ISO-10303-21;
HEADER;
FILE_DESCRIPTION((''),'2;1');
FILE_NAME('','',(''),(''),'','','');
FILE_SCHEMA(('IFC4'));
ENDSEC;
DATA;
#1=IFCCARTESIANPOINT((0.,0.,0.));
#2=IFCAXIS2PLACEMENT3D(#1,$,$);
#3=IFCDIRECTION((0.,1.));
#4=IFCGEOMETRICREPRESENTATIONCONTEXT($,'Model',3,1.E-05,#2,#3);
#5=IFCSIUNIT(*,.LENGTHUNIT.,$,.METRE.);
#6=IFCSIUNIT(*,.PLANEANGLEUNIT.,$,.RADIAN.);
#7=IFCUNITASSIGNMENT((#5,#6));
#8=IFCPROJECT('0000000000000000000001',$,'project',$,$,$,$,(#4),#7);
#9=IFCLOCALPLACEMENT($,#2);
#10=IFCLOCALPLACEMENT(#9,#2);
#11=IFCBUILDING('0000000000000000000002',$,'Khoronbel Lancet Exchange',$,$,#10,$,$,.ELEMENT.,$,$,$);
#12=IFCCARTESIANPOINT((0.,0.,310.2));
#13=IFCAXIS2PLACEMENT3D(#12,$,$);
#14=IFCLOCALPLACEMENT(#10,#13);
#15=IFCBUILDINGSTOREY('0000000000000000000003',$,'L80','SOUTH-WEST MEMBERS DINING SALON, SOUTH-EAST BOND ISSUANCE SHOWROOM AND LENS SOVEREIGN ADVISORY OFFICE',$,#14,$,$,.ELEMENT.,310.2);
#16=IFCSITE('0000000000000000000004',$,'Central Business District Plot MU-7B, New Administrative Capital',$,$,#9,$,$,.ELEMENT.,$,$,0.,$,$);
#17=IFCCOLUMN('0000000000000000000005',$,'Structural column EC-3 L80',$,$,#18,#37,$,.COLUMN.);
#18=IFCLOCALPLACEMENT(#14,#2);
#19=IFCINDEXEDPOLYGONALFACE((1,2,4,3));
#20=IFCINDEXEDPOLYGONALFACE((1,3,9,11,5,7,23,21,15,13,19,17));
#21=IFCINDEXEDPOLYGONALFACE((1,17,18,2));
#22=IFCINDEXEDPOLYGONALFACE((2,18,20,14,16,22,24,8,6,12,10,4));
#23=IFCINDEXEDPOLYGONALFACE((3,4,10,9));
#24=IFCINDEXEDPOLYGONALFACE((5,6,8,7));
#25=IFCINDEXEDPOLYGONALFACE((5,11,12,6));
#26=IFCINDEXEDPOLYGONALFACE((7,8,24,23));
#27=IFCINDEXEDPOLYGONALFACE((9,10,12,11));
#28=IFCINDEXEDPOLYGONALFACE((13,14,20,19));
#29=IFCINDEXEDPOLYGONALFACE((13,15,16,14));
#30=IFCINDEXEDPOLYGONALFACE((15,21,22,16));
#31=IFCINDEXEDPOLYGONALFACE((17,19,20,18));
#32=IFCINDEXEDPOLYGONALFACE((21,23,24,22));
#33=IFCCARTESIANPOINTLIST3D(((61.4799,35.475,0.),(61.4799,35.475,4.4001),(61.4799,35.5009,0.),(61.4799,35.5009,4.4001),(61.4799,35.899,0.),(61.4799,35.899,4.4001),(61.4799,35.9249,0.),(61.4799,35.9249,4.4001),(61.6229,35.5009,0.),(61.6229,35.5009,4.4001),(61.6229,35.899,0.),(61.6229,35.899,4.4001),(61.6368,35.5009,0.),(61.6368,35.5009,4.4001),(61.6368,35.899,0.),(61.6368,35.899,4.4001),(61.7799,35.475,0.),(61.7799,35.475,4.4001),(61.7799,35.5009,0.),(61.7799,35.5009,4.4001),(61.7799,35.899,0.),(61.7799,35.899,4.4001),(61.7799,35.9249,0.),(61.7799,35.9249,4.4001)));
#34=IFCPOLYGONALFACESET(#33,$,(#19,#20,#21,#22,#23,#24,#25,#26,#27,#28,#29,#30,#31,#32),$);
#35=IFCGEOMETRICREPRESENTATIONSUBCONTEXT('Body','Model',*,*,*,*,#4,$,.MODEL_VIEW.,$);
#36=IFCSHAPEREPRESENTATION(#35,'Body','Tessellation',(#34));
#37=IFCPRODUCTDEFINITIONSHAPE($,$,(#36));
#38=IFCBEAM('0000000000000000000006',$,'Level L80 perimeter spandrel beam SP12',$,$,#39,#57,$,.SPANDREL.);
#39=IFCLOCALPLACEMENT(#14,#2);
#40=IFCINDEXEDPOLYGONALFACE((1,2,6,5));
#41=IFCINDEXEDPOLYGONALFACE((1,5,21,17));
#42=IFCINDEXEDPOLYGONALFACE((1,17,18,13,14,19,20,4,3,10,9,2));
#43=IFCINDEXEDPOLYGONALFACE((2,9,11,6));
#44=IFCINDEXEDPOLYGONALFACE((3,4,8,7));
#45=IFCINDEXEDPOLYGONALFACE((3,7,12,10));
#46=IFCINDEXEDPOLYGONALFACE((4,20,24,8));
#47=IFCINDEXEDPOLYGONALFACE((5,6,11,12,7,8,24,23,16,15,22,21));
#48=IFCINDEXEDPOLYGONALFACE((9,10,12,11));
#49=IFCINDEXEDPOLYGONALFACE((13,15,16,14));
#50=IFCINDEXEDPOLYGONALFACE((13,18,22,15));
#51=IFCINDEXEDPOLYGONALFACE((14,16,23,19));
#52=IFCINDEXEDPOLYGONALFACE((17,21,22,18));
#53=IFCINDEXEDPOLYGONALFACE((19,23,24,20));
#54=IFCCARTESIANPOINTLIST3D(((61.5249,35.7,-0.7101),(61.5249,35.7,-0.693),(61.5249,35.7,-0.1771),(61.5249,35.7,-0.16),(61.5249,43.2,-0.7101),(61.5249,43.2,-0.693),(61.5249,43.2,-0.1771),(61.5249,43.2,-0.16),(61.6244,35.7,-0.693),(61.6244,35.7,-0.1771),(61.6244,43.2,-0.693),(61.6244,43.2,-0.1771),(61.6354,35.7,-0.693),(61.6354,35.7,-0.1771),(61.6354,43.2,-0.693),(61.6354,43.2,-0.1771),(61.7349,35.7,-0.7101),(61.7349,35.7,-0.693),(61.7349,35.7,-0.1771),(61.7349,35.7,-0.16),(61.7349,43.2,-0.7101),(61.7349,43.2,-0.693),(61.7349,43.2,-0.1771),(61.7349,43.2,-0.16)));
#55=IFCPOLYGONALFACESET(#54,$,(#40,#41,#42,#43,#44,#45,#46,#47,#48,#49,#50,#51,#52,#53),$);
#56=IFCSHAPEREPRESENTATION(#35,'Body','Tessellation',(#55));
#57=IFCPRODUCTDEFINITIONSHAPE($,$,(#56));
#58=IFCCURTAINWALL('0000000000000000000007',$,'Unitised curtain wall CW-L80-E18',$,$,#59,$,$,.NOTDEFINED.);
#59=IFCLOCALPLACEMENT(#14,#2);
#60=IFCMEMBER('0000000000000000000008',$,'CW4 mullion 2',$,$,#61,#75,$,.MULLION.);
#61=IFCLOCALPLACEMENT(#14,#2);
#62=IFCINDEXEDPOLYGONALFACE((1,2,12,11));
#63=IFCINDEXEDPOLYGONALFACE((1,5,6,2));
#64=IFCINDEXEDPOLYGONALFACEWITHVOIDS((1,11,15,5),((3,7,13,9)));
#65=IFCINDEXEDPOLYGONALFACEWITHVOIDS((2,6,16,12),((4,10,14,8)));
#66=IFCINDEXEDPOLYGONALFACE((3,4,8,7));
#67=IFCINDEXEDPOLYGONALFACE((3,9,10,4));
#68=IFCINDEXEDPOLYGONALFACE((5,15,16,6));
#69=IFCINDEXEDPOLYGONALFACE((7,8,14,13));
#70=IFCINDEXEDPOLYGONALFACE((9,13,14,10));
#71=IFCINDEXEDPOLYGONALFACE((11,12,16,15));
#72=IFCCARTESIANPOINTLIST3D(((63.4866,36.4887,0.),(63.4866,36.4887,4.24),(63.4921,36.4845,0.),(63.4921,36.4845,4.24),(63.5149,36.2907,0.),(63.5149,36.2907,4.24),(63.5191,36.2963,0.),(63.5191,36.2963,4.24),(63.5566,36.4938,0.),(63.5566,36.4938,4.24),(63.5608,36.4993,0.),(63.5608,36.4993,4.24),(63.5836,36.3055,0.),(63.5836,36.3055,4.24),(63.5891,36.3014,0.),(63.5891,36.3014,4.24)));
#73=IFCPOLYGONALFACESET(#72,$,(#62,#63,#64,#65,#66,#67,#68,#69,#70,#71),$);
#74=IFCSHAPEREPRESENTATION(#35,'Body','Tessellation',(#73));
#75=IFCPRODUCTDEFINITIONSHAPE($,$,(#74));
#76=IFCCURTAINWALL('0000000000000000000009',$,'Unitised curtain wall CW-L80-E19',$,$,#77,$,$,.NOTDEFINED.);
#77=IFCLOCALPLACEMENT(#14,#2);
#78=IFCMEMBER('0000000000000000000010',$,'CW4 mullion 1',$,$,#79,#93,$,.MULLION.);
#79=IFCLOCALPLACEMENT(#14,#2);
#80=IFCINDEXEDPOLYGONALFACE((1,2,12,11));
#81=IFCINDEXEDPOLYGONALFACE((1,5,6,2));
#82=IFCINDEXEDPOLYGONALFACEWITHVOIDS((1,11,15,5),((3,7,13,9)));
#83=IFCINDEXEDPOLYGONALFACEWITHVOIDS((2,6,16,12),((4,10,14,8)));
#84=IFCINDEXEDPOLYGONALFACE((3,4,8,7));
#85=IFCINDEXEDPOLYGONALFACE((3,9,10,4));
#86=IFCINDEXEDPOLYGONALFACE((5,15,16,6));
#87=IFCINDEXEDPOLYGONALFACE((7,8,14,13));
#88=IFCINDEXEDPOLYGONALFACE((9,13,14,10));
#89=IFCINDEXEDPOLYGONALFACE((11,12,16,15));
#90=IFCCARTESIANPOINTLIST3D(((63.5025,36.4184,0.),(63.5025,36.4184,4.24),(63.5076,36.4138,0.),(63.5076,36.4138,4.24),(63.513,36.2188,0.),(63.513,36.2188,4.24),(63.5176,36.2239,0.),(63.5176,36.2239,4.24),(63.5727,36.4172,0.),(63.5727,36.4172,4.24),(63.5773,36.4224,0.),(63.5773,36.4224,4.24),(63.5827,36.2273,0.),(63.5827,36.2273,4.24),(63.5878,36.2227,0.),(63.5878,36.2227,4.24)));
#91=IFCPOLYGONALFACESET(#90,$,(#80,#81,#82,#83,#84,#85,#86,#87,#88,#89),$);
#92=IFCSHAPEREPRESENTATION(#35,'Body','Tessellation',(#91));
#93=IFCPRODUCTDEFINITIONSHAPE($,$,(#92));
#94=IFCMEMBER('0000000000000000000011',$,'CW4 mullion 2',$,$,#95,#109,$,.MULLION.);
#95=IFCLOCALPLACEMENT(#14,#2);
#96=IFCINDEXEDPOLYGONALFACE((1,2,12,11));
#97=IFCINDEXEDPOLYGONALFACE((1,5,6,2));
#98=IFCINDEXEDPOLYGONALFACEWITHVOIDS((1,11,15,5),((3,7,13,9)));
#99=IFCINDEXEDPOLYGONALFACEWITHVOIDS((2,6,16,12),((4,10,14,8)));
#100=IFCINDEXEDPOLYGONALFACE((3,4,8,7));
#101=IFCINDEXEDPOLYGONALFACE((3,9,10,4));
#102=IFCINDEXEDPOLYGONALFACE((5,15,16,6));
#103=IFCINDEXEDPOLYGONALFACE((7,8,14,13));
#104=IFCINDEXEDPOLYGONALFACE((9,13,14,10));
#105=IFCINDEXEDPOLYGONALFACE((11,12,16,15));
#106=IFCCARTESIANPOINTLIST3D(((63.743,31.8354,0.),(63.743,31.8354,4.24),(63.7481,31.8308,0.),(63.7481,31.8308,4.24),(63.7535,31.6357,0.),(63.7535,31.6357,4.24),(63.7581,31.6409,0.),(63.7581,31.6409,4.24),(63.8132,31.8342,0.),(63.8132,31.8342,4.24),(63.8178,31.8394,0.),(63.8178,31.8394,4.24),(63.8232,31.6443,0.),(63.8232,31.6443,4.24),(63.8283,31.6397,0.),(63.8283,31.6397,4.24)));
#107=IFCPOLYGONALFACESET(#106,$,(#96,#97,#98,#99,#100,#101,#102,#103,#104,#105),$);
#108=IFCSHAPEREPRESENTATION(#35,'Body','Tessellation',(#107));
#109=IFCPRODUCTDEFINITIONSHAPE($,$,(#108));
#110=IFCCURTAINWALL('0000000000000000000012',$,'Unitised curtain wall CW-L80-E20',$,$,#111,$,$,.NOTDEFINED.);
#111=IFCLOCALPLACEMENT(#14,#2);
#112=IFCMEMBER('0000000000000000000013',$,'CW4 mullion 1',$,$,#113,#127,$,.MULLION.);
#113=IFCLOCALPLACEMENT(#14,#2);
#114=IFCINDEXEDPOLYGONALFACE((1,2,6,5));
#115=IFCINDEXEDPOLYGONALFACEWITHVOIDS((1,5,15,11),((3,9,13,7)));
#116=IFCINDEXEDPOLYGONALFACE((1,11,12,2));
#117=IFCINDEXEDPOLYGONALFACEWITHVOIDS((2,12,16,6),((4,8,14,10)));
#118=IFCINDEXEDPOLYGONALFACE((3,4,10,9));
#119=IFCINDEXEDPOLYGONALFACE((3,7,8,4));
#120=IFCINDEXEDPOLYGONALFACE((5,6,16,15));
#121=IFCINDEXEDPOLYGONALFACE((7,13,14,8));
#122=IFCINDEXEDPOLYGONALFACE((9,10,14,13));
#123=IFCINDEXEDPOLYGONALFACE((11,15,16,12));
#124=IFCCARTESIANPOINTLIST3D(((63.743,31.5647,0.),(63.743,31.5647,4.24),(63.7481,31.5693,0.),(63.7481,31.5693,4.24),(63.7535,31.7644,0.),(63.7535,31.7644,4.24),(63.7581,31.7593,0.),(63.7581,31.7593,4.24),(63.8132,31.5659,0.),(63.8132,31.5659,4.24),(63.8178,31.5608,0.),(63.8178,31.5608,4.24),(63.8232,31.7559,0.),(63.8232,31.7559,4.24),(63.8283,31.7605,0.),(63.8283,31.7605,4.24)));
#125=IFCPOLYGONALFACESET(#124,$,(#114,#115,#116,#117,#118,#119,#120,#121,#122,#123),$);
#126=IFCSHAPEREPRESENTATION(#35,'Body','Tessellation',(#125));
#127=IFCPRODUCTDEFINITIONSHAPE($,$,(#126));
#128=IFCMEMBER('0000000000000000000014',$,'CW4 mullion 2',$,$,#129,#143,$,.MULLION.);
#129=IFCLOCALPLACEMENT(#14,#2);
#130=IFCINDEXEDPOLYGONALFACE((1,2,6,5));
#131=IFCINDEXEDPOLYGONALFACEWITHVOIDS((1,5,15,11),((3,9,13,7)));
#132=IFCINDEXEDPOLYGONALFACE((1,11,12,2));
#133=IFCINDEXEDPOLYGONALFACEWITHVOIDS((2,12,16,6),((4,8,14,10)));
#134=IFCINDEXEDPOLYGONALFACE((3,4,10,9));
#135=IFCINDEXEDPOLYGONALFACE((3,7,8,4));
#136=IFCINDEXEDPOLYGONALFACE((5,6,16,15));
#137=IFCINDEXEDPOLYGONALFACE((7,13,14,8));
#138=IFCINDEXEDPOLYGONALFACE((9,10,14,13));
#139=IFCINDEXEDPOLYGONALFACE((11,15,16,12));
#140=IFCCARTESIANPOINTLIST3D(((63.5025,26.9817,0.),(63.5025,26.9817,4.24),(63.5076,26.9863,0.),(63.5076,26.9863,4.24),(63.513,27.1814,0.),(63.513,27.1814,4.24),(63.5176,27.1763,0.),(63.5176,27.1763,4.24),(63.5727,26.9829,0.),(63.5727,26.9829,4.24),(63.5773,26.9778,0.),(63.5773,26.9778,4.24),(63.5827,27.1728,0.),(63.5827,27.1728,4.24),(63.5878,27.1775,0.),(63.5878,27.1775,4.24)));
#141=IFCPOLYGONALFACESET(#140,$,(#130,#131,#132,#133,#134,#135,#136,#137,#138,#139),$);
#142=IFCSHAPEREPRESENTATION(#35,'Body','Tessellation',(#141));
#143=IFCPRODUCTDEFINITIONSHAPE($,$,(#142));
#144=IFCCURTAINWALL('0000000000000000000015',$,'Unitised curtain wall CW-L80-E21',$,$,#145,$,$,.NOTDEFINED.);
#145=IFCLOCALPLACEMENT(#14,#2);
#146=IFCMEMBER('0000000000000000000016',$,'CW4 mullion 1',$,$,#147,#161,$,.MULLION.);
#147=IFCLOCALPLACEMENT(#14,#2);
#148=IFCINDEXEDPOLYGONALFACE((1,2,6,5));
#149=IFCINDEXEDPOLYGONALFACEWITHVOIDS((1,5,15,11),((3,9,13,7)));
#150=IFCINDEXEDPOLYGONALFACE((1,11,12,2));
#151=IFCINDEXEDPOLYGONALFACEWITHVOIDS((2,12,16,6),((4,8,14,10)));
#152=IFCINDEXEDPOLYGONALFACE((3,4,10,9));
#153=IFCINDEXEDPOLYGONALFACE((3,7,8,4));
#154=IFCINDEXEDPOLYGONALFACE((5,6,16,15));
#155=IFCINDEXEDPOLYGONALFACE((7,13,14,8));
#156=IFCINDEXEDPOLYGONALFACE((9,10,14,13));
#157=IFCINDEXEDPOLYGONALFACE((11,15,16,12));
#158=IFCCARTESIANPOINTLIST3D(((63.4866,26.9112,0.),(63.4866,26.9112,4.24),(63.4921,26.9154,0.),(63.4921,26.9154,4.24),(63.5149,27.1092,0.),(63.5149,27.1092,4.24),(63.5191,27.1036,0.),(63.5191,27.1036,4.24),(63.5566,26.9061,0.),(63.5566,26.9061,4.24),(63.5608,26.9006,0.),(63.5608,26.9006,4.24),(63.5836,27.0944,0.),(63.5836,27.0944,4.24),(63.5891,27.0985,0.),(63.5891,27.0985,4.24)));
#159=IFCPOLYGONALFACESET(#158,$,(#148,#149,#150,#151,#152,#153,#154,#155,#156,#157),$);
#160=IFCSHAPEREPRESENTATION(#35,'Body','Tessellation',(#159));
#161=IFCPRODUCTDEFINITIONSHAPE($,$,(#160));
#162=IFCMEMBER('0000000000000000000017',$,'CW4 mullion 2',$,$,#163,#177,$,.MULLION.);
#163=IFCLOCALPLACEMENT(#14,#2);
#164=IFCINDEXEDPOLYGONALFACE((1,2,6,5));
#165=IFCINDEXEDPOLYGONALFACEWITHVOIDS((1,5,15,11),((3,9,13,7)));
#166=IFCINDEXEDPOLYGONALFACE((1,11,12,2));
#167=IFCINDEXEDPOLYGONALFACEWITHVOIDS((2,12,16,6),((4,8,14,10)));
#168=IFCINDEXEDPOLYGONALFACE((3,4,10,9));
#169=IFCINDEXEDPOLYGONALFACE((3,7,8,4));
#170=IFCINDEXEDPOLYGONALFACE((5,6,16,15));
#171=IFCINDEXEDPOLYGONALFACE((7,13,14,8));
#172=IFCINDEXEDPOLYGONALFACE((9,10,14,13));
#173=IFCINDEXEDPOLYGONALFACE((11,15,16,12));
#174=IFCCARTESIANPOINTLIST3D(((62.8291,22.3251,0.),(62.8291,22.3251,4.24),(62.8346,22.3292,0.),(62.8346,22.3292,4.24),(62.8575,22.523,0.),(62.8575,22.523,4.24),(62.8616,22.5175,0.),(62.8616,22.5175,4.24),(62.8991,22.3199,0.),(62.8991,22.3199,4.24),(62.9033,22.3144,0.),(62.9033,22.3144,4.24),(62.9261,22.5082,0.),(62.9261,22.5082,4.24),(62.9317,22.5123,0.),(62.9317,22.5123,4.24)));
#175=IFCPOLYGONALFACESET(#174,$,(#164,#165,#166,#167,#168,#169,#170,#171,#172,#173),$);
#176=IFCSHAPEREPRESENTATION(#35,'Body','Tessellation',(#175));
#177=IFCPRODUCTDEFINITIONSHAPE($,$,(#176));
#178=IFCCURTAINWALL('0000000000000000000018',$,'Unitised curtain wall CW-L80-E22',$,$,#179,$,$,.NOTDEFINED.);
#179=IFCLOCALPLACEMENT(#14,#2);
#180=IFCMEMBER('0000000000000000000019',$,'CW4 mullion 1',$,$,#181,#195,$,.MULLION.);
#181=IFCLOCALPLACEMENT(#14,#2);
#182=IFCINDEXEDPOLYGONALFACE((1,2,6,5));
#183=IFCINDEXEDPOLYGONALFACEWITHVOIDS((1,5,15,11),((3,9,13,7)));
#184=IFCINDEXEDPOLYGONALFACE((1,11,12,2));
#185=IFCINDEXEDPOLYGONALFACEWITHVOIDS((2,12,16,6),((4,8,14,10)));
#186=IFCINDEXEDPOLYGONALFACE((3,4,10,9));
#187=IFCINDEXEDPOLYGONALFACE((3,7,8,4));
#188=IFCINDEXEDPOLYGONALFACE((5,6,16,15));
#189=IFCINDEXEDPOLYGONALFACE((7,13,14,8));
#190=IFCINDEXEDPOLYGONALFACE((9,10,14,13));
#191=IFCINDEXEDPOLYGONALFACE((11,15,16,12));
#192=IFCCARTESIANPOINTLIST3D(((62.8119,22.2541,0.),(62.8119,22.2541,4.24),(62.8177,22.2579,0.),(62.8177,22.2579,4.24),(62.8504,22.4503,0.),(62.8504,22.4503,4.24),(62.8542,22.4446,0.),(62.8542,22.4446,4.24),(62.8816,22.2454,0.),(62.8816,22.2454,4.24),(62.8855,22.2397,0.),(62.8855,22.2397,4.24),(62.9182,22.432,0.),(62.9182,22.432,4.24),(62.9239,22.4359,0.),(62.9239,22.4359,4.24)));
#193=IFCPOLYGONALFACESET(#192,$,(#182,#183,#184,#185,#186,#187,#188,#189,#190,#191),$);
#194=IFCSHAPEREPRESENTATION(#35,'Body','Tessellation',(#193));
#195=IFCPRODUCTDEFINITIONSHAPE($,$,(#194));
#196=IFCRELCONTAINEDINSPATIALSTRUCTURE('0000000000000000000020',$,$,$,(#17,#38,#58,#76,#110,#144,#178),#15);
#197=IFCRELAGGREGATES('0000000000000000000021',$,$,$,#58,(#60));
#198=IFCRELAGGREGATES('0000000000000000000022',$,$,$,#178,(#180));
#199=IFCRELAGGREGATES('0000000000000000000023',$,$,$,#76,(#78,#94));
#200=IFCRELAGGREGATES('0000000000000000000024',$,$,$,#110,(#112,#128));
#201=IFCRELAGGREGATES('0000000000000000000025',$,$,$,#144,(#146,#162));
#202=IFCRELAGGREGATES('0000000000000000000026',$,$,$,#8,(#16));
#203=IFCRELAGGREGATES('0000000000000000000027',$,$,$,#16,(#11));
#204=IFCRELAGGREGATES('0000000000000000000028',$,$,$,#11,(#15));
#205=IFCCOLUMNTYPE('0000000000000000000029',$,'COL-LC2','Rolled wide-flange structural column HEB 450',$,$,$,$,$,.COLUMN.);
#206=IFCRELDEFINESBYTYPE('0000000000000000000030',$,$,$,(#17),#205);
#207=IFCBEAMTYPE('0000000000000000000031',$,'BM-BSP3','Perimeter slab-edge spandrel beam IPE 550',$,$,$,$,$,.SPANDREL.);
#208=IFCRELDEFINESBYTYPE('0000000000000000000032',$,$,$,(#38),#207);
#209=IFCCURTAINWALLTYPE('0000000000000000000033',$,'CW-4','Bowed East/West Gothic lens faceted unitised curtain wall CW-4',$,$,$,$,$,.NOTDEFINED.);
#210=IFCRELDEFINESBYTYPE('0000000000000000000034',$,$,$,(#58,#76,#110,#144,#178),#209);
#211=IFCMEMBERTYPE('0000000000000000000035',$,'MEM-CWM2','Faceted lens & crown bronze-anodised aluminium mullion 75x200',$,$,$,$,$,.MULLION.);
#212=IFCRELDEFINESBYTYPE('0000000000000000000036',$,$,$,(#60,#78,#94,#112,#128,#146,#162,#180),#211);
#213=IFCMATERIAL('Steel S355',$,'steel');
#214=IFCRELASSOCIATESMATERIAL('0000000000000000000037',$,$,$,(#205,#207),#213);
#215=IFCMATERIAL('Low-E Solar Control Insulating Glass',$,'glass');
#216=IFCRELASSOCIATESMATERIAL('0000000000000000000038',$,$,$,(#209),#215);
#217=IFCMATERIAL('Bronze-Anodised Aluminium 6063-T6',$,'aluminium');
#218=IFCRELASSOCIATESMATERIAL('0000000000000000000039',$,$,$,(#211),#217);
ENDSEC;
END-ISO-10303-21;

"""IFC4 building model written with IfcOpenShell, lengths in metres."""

from ifc_helpers import new_model, si_unit, direction, frame, origin, origin_2d, place, context, subcontext, project, spatial, hollow_rectangle, i_section, extrude, material, material_profile, profile_set, type_object, element, aggregate, save


model = new_model("IFC4")

# Units and contexts
model_context = context("Model", 3, precision=1e-05, world=origin(), true_north=direction((0.0, 1.0)))
body_context = subcontext(model_context, "Body", "Model", "MODEL_VIEW")
ifc_project = project(units=[si_unit("LENGTHUNIT", "METRE"), si_unit("PLANEANGLEUNIT", "RADIAN")], contexts=[model_context])

# Site, building, storey
site_placement = place(None, origin())
site = spatial("IfcSite", under=ifc_project, at=site_placement, Name="Central Business District Plot MU-7B, New Administrative Capital", CompositionType="ELEMENT", RefElevation=0.0)
building_placement = place(site_placement, origin())
building = spatial("IfcBuilding", under=site, at=building_placement, Name="Khoronbel Lancet Exchange", CompositionType="ELEMENT")
storey_placement = place(building_placement, frame((0.0, 0.0, 310.2)))
storey = spatial("IfcBuildingStorey", under=building, at=storey_placement, Name="L80", Description="SOUTH-WEST MEMBERS DINING SALON, SOUTH-EAST BOND ISSUANCE SHOWROOM AND LENS SOVEREIGN ADVISORY OFFICE", CompositionType="ELEMENT", Elevation=310.2)

# Column
ifc_material_1 = material(Name="Steel S355", Category="steel")
ifc_material_profile_1 = material_profile(ifc_material_1, i_section(OverallWidth=0.3, OverallDepth=0.45, WebThickness=0.0139, FlangeThickness=0.0259, at=origin_2d()), Name="HEB 450")
ifc_profile_set_1 = profile_set([ifc_material_profile_1], Name="Steel S355")
column_type = type_object("IfcColumnType", Name="COL-LC2", Description="Rolled wide-flange structural column HEB 450", PredefinedType="COLUMN", material=ifc_profile_set_1)
column_placement = place(storey_placement, frame((61.6299, 35.7, 0.0), z_axis=(0.0, 0.0, 1.0), x_axis=(1.0, 0.0, 0.0)))
element("IfcColumn", 1, at=column_placement, inside=storey, type_object=column_type, Name="Structural column EC-3 L80", PredefinedType="COLUMN", context=body_context, shape_type="SweptSolid", body=[
    extrude(i_section(OverallWidth=0.3, OverallDepth=0.45, WebThickness=0.0139, FlangeThickness=0.0259, at=origin_2d()), origin(), (0.0, 0.0, 1.0), 4.4001),
])

# Beam
ifc_material_profile_2 = material_profile(ifc_material_1, i_section(OverallWidth=0.21, OverallDepth=0.55, WebThickness=0.011, FlangeThickness=0.0171, at=origin_2d()), Name="IPE 550")
ifc_profile_set_2 = profile_set([ifc_material_profile_2], Name="Steel S355")
beam_type = type_object("IfcBeamType", Name="BM-BSP3", Description="Perimeter slab-edge spandrel beam IPE 550", PredefinedType="SPANDREL", material=ifc_profile_set_2)
beam_placement = place(storey_placement, frame((61.6299, 35.7, -0.4351), z_axis=(0.0, 1.0, 0.0), x_axis=(-1.0, 0.0, 0.0)))
element("IfcBeam", 2, at=beam_placement, inside=storey, type_object=beam_type, Name="Level L80 perimeter spandrel beam SP12", PredefinedType="SPANDREL", context=body_context, shape_type="SweptSolid", body=[
    extrude(i_section(OverallWidth=0.21, OverallDepth=0.55, WebThickness=0.011, FlangeThickness=0.0171, at=origin_2d()), origin(), (0.0, 0.0, 1.0), 7.5),
])

# Curtain wall, member
ifc_material_2 = material(Name="Low-E Solar Control Insulating Glass", Category="glass")
curtain_wall_type = type_object("IfcCurtainWallType", Name="CW-4", Description="Bowed East/West Gothic lens faceted unitised curtain wall CW-4", PredefinedType="NOTDEFINED", material=ifc_material_2)
curtain_wall_1_placement = place(storey_placement, origin())
curtain_wall_1 = element("IfcCurtainWall", 3, at=curtain_wall_1_placement, inside=storey, type_object=curtain_wall_type, Name="Unitised curtain wall CW-L80-E18", PredefinedType="NOTDEFINED")
ifc_material_3 = material(Name="Bronze-Anodised Aluminium 6063-T6", Category="aluminium")
ifc_material_profile_3 = material_profile(ifc_material_3, hollow_rectangle(XDim=0.075, YDim=0.2, WallThickness=0.0049, at=origin_2d()), Name="ALU MULLION 75x200")
ifc_profile_set_3 = profile_set([ifc_material_profile_3], Name="Bronze-Anodised Aluminium 6063-T6")
member_type_1 = type_object("IfcMemberType", Name="MEM-CWM2", Description="Faceted lens & crown bronze-anodised aluminium mullion 75x200", PredefinedType="MULLION", material=ifc_profile_set_3)
member_1_placement = place(storey_placement, frame((63.5378, 36.395, 0.0), z_axis=(0.0, 0.0, 1.0), x_axis=(0.98988, 0.141906, 0.0)))
member_1 = element("IfcMember", 4, at=member_1_placement, type_object=member_type_1, Name="CW4 mullion 2", PredefinedType="MULLION", context=body_context, shape_type="SweptSolid", body=[
    extrude(hollow_rectangle(XDim=0.075, YDim=0.2, WallThickness=0.0049, at=origin_2d()), origin(), (0.0, 0.0, 1.0), 4.24),
])
aggregate(curtain_wall_1, [member_1])

# Curtain walls, members
curtain_wall_2_placement = place(storey_placement, origin())
curtain_wall_2 = element("IfcCurtainWall", 5, at=curtain_wall_2_placement, inside=storey, type_object=curtain_wall_type, Name="Unitised curtain wall CW-L80-E19", PredefinedType="NOTDEFINED")
member_2_placement = place(storey_placement, frame((63.5452, 36.3206, 0.0), z_axis=(0.0, 0.0, 1.0), x_axis=(0.998625, 0.052419, 0.0)))
member_2 = element("IfcMember", 6, at=member_2_placement, type_object=member_type_1, Name="CW4 mullion 1", PredefinedType="MULLION", context=body_context, shape_type="SweptSolid", body=[
    extrude(hollow_rectangle(XDim=0.075, YDim=0.2, WallThickness=0.0049, at=origin_2d()), origin(), (0.0, 0.0, 1.0), 4.24),
])
member_3_placement = place(storey_placement, frame((63.7856, 31.7375, 0.0), z_axis=(0.0, 0.0, 1.0), x_axis=(0.998625, 0.052419, 0.0)))
member_3 = element("IfcMember", 7, at=member_3_placement, type_object=member_type_1, Name="CW4 mullion 2", PredefinedType="MULLION", context=body_context, shape_type="SweptSolid", body=[
    extrude(hollow_rectangle(XDim=0.075, YDim=0.2, WallThickness=0.0049, at=origin_2d()), origin(), (0.0, 0.0, 1.0), 4.24),
])
curtain_wall_3_placement = place(storey_placement, origin())
curtain_wall_3 = element("IfcCurtainWall", 8, at=curtain_wall_3_placement, inside=storey, type_object=curtain_wall_type, Name="Unitised curtain wall CW-L80-E20", PredefinedType="NOTDEFINED")
member_4_placement = place(storey_placement, frame((63.7856, 31.6626, 0.0), z_axis=(0.0, 0.0, 1.0), x_axis=(0.998625, -0.052419, 0.0)))
member_4 = element("IfcMember", 9, at=member_4_placement, type_object=member_type_1, Name="CW4 mullion 1", PredefinedType="MULLION", context=body_context, shape_type="SweptSolid", body=[
    extrude(hollow_rectangle(XDim=0.075, YDim=0.2, WallThickness=0.0049, at=origin_2d()), origin(), (0.0, 0.0, 1.0), 4.24),
])
member_5_placement = place(storey_placement, frame((63.5452, 27.0796, 0.0), z_axis=(0.0, 0.0, 1.0), x_axis=(0.998625, -0.052419, 0.0)))
member_5 = element("IfcMember", 10, at=member_5_placement, type_object=member_type_1, Name="CW4 mullion 2", PredefinedType="MULLION", context=body_context, shape_type="SweptSolid", body=[
    extrude(hollow_rectangle(XDim=0.075, YDim=0.2, WallThickness=0.0049, at=origin_2d()), origin(), (0.0, 0.0, 1.0), 4.24),
])
curtain_wall_4_placement = place(storey_placement, origin())
curtain_wall_4 = element("IfcCurtainWall", 11, at=curtain_wall_4_placement, inside=storey, type_object=curtain_wall_type, Name="Unitised curtain wall CW-L80-E21", PredefinedType="NOTDEFINED")
member_6_placement = place(storey_placement, frame((63.5378, 27.0049, 0.0), z_axis=(0.0, 0.0, 1.0), x_axis=(0.98988, -0.141906, 0.0)))
member_6 = element("IfcMember", 12, at=member_6_placement, type_object=member_type_1, Name="CW4 mullion 1", PredefinedType="MULLION", context=body_context, shape_type="SweptSolid", body=[
    extrude(hollow_rectangle(XDim=0.075, YDim=0.2, WallThickness=0.0049, at=origin_2d()), origin(), (0.0, 0.0, 1.0), 4.24),
])
member_7_placement = place(storey_placement, frame((62.8804, 22.4187, 0.0), z_axis=(0.0, 0.0, 1.0), x_axis=(0.98988, -0.141906, 0.0)))
member_7 = element("IfcMember", 13, at=member_7_placement, type_object=member_type_1, Name="CW4 mullion 2", PredefinedType="MULLION", context=body_context, shape_type="SweptSolid", body=[
    extrude(hollow_rectangle(XDim=0.075, YDim=0.2, WallThickness=0.0049, at=origin_2d()), origin(), (0.0, 0.0, 1.0), 4.24),
])

# Curtain wall, member
curtain_wall_5_placement = place(storey_placement, origin())
curtain_wall_5 = element("IfcCurtainWall", 14, at=curtain_wall_5_placement, inside=storey, type_object=curtain_wall_type, Name="Unitised curtain wall CW-L80-E22", PredefinedType="NOTDEFINED")
member_8_placement = place(storey_placement, frame((62.8679, 22.345, 0.0), z_axis=(0.0, 0.0, 1.0), x_axis=(0.98136, -0.192177, 0.0)))
member_8 = element("IfcMember", 15, at=member_8_placement, type_object=member_type_1, Name="CW4 mullion 1", PredefinedType="MULLION", context=body_context, shape_type="SweptSolid", body=[
    extrude(hollow_rectangle(XDim=0.075, YDim=0.2, WallThickness=0.0049, at=origin_2d()), origin(), (0.0, 0.0, 1.0), 4.24),
])

aggregate(curtain_wall_5, [member_8])

aggregate(curtain_wall_2, [member_2, member_3])
aggregate(curtain_wall_3, [member_4, member_5])
aggregate(curtain_wall_4, [member_6, member_7])

save(model, "model.ifc")
